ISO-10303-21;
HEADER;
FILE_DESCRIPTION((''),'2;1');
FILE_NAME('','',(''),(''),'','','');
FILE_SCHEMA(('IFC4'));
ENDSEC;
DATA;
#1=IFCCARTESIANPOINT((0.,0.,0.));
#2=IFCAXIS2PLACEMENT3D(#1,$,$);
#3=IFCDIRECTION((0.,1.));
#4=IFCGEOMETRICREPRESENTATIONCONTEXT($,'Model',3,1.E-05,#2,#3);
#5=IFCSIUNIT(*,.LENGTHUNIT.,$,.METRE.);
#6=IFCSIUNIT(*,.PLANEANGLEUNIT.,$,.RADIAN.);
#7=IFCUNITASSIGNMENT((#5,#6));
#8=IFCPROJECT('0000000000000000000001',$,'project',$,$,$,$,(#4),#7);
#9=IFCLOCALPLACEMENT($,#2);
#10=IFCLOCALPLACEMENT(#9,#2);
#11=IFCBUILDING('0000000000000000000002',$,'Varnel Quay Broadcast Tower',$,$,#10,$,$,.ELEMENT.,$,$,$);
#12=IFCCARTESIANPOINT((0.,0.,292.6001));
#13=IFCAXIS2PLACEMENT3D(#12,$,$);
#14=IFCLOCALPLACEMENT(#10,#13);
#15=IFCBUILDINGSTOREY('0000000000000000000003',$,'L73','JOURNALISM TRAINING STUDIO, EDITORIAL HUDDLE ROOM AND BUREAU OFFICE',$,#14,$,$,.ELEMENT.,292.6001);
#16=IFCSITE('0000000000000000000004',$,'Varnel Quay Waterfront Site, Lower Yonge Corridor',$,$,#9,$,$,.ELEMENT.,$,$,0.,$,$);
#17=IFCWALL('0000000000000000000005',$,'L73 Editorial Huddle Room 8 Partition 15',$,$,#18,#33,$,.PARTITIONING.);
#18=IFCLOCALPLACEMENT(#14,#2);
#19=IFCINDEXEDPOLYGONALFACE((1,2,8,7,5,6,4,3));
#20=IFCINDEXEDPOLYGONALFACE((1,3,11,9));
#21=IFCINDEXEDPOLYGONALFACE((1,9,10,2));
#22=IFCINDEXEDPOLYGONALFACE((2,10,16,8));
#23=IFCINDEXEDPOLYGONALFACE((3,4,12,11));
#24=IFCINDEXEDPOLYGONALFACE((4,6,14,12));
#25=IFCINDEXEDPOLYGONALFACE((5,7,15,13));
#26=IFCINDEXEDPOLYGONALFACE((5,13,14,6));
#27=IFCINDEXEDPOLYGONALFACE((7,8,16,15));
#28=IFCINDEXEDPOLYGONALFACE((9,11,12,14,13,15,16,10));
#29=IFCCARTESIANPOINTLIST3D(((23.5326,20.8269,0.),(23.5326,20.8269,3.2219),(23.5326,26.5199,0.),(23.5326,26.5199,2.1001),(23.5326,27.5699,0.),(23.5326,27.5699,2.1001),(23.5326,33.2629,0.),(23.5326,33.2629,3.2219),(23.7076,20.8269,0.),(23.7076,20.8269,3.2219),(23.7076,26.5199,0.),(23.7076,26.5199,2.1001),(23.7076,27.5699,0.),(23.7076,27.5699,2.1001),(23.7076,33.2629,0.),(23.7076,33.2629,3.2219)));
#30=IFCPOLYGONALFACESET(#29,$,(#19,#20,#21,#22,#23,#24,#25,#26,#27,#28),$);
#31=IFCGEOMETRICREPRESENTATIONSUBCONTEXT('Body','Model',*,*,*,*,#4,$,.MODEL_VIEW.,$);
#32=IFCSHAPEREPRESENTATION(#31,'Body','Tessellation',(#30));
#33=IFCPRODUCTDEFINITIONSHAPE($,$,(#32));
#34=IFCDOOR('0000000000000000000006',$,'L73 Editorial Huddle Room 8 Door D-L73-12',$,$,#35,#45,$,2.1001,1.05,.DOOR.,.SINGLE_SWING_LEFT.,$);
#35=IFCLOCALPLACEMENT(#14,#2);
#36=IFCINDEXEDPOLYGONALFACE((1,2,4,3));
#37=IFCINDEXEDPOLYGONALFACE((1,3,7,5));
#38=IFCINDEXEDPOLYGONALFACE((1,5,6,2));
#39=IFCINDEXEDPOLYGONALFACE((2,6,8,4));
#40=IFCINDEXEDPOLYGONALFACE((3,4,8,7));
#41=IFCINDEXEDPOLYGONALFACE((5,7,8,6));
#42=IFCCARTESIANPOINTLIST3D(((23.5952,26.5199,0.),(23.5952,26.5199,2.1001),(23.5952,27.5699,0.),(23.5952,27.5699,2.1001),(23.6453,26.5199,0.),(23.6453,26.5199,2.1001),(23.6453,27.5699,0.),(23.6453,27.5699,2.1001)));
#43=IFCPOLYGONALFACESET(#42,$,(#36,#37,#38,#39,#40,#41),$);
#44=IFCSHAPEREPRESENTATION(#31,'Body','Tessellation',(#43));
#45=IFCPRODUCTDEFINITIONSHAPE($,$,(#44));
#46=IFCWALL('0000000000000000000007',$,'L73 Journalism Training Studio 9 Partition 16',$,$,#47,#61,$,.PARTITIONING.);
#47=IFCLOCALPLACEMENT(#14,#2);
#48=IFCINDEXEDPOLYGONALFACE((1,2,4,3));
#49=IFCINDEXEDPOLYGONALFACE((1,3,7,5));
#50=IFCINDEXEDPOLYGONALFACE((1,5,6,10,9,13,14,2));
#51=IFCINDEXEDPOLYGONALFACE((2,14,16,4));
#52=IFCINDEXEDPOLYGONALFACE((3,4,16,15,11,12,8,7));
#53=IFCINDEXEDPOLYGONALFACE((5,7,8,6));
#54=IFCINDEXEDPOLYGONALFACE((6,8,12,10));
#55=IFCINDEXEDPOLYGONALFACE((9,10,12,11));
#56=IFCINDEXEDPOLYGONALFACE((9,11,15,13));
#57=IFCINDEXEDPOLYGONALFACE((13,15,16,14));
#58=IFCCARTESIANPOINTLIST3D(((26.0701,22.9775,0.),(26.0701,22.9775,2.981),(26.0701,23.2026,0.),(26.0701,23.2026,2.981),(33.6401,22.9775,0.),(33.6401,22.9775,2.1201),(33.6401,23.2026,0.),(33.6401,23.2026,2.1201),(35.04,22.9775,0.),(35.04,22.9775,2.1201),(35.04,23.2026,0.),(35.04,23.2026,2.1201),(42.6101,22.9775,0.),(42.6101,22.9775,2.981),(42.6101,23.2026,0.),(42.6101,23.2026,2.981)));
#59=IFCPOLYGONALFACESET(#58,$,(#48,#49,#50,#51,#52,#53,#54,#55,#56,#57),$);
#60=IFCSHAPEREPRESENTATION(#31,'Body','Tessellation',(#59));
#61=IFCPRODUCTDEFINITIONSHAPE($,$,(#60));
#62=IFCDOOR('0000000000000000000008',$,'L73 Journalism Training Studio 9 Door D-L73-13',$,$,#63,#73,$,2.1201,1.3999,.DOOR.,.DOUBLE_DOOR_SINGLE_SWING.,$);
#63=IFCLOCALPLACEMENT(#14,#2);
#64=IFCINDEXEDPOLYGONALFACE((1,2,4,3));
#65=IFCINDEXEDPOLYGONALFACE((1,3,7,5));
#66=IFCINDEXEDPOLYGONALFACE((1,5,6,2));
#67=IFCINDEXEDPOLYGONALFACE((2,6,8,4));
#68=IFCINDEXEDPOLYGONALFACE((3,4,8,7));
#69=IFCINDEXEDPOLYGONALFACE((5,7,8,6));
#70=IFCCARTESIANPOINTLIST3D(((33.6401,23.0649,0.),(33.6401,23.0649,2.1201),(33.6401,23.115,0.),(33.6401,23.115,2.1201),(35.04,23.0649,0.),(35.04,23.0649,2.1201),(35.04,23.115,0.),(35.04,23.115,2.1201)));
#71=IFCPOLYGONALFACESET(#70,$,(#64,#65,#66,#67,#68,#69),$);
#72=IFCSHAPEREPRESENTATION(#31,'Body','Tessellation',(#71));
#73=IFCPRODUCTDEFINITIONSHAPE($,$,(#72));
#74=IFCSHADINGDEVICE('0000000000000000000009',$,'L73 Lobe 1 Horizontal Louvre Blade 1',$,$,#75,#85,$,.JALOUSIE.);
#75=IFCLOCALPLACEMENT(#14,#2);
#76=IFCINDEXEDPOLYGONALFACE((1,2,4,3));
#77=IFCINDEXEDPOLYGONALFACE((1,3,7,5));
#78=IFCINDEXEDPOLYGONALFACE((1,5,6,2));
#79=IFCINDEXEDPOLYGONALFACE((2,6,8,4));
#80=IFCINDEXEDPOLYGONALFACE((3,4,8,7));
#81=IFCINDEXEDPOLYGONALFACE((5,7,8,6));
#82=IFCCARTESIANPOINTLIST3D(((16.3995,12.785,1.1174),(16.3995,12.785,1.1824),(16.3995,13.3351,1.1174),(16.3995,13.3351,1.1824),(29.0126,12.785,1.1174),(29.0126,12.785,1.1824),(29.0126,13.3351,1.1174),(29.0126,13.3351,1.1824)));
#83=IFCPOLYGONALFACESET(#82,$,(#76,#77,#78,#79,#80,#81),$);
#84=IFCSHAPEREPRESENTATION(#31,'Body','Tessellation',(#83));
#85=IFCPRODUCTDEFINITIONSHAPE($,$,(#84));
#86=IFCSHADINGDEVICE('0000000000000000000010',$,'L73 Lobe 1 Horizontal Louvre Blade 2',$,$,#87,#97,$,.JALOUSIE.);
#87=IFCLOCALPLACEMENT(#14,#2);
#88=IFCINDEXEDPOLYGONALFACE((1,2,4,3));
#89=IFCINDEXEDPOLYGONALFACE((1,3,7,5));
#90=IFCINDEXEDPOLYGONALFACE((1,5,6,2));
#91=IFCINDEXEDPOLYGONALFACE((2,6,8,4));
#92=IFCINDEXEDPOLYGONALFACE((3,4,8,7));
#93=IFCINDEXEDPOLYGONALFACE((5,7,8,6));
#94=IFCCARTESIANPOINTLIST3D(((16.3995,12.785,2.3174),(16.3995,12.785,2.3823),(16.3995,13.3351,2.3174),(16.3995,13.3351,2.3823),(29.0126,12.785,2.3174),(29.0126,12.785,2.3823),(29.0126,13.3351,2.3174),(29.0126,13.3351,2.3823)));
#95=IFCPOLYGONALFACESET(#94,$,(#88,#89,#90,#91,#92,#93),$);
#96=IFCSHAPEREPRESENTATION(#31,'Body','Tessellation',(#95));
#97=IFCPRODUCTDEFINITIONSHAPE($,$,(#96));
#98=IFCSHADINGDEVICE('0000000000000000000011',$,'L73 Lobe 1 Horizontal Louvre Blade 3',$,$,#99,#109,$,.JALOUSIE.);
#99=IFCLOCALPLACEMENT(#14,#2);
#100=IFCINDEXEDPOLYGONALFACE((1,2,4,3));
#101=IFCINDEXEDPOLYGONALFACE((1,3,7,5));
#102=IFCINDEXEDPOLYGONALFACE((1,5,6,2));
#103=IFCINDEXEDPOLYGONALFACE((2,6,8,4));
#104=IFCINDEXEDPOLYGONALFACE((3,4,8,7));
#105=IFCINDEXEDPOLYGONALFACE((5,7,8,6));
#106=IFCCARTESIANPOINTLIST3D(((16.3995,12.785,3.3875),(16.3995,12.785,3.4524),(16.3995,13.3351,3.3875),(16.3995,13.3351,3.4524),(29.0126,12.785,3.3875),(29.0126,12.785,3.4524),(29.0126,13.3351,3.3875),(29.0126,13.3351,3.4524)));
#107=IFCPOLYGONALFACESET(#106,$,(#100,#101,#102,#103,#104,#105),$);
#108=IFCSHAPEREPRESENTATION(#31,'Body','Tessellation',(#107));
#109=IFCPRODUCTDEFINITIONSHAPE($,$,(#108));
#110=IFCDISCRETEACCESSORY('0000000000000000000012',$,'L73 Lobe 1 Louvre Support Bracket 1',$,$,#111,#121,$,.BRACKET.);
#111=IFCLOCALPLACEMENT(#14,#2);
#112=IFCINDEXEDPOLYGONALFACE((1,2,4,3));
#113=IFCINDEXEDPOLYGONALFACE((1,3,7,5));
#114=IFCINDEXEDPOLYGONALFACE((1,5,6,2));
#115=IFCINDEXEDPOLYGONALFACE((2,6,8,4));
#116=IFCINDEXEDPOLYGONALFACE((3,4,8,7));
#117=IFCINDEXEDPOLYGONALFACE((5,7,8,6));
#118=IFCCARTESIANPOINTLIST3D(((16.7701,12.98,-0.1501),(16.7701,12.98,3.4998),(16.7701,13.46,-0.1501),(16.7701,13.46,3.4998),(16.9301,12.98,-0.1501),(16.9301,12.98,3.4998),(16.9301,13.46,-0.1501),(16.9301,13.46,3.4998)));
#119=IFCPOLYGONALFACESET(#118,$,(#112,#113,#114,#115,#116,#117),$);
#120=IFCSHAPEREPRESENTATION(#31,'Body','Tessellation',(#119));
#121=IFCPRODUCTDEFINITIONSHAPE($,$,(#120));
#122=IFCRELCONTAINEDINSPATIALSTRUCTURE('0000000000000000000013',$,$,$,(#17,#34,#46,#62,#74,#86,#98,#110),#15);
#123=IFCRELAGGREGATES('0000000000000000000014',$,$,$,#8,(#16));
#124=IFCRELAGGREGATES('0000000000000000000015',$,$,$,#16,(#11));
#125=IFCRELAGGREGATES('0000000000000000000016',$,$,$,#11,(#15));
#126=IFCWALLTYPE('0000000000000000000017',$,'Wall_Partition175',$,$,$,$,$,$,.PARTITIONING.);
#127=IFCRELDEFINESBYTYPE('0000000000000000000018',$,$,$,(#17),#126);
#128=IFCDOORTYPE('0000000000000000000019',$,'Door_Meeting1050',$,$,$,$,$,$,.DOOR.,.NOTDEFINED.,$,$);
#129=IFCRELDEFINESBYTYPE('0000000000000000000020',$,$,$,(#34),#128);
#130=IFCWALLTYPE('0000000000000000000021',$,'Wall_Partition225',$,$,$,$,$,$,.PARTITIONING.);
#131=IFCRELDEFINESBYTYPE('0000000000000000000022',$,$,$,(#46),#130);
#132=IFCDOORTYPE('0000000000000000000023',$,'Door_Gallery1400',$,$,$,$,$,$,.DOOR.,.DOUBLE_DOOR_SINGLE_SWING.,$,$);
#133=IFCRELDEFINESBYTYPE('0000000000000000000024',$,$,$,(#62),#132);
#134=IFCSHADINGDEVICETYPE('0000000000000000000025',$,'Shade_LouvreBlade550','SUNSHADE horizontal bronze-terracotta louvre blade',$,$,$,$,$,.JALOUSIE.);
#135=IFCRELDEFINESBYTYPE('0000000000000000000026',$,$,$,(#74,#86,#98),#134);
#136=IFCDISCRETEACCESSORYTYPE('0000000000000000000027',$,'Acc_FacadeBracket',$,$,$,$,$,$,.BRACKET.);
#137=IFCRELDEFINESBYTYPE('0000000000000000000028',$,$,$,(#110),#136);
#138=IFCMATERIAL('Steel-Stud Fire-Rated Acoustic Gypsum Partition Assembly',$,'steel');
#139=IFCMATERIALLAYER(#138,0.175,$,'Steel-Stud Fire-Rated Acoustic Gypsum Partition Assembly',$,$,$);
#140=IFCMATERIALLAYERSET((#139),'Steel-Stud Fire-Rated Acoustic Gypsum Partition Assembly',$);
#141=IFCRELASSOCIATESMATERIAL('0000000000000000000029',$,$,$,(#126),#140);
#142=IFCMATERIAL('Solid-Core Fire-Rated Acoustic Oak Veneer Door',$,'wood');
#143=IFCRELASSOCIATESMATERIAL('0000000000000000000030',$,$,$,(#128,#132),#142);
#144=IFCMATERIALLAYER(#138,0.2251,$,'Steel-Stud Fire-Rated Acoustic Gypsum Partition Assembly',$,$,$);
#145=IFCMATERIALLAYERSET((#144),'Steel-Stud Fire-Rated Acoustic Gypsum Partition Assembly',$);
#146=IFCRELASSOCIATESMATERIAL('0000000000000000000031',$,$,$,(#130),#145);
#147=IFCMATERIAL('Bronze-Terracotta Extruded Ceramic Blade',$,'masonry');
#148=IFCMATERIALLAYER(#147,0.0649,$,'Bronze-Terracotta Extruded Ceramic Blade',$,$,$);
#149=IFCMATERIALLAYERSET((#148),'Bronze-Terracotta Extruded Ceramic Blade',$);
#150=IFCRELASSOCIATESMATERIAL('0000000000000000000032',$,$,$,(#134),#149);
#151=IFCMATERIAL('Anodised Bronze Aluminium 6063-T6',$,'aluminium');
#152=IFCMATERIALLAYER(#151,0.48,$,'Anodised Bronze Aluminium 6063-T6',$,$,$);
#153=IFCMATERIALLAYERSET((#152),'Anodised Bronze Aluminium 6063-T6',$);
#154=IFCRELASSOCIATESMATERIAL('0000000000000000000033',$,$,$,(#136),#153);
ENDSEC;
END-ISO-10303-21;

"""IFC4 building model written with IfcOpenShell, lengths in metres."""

from ifc_helpers import new_model, si_unit, direction, frame, frame_2d, origin, origin_2d, place, context, subcontext, project, spatial, rectangle, extrude, source, transform, mapped, material, layer, layer_set, type_object, type_shapes, element, fill, save


model = new_model("IFC4")

# Units and contexts
model_context = context("Model", 3, precision=1e-05, world=origin(), true_north=direction((0.0, 1.0)))
body_context = subcontext(model_context, "Body", "Model", "MODEL_VIEW")
ifc_project = project(units=[si_unit("LENGTHUNIT", "METRE"), si_unit("PLANEANGLEUNIT", "RADIAN")], contexts=[model_context])

# Site, building, storey
site_placement = place(None, origin())
site = spatial("IfcSite", under=ifc_project, at=site_placement, Name="Varnel Quay Waterfront Site, Lower Yonge Corridor", CompositionType="ELEMENT", RefElevation=0.0)
building_placement = place(site_placement, origin())
building = spatial("IfcBuilding", under=site, at=building_placement, Name="Varnel Quay Broadcast Tower", CompositionType="ELEMENT")
storey_placement = place(building_placement, frame((0.0, 0.0, 292.6001)))
storey = spatial("IfcBuildingStorey", under=building, at=storey_placement, Name="L73", Description="JOURNALISM TRAINING STUDIO, EDITORIAL HUDDLE ROOM AND BUREAU OFFICE", CompositionType="ELEMENT", Elevation=292.6001)

# Shared definitions
ifc_material_1 = material(Name="Anodised Bronze Aluminium 6063-T6", Category="aluminium")

# Shared definitions
ifc_material_2 = material(Name="Steel-Stud Fire-Rated Acoustic Gypsum Partition Assembly", Category="steel")
ifc_layer_1 = layer(ifc_material_2, 0.175, Name="Steel-Stud Fire-Rated Acoustic Gypsum Partition Assembly")
ifc_layer_set_1 = layer_set([ifc_layer_1], Name="Steel-Stud Fire-Rated Acoustic Gypsum Partition Assembly")
wall_type_1 = type_object("IfcWallType", Name="Wall_Partition175", PredefinedType="PARTITIONING", material=ifc_layer_set_1)

# Walls, openings, doors
wall_1_placement = place(storey_placement, frame((23.6201, 20.8269, 0.0), z_axis=(0.0, 0.0, 1.0), x_axis=(0.0, 1.0, 0.0)))
wall_1 = element("IfcWall", 1, at=wall_1_placement, inside=storey, type_object=wall_type_1, Name="L73 Editorial Huddle Room 8 Partition 15", PredefinedType="PARTITIONING", context=body_context, shape_type="SweptSolid", body=[
    extrude(rectangle(XDim=12.436, YDim=0.175, at=frame_2d((6.218, 0.0))), origin(), (0.0, 0.0, 1.0), 3.2219),
])
opening_1_placement = place(wall_1_placement, frame((5.6931, 0.0, 0.0)))
opening_1 = element("IfcOpeningElement", 2, at=opening_1_placement, cuts=wall_1, PredefinedType="OPENING", context=body_context, shape_type="SweptSolid", body=[
    extrude(rectangle(XDim=1.05, YDim=2.1001, at=frame_2d((0.5249, 1.05))), frame((0.0, 0.0977, 0.0), z_axis=(0.0, -1.0, 0.0), x_axis=(1.0, 0.0, 0.0)), (0.0, 0.0, 1.0), 0.1951),
])
ifc_material_3 = material(Name="Solid-Core Fire-Rated Acoustic Oak Veneer Door", Category="wood")
door_type_1 = type_object("IfcDoorType", Name="Door_Meeting1050", OperationType="NOTDEFINED", PredefinedType="DOOR", material=ifc_material_3)
shared_shape_1 = source(origin(), body_context, "Body", "SweptSolid", [
    extrude(rectangle(XDim=1.05, YDim=2.1001, at=frame_2d((0.5249, 1.05))), frame((0.0, 0.0249, 0.0), z_axis=(0.0, -1.0, 0.0), x_axis=(1.0, 0.0, 0.0)), (0.0, 0.0, 1.0), 0.05),
])
type_shapes(door_type_1, [shared_shape_1])
door_1_placement = place(opening_1_placement, origin())
door_1 = element("IfcDoor", 3, at=door_1_placement, inside=storey, type_object=door_type_1, Name="L73 Editorial Huddle Room 8 Door D-L73-12", OperationType="SINGLE_SWING_LEFT", OverallHeight=2.1001, OverallWidth=1.05, PredefinedType="DOOR", context=body_context, shape_type="MappedRepresentation", body=[
    mapped(shared_shape_1, transform((0.0, 0.0, 0.0), x_axis=(1.0, 0.0, 0.0), y_axis=(0.0, 1.0, 0.0), z_axis=(0.0, 0.0, 1.0), scale=1.0)),
])
fill(opening_1, door_1)
ifc_layer_2 = layer(ifc_material_2, 0.2251, Name="Steel-Stud Fire-Rated Acoustic Gypsum Partition Assembly")
ifc_layer_set_2 = layer_set([ifc_layer_2], Name="Steel-Stud Fire-Rated Acoustic Gypsum Partition Assembly")
wall_type_2 = type_object("IfcWallType", Name="Wall_Partition225", PredefinedType="PARTITIONING", material=ifc_layer_set_2)
wall_2_placement = place(storey_placement, frame((26.0701, 23.0901, 0.0), z_axis=(0.0, 0.0, 1.0), x_axis=(1.0, 0.0, 0.0)))
wall_2 = element("IfcWall", 4, at=wall_2_placement, inside=storey, type_object=wall_type_2, Name="L73 Journalism Training Studio 9 Partition 16", PredefinedType="PARTITIONING", context=body_context, shape_type="SweptSolid", body=[
    extrude(rectangle(XDim=16.54, YDim=0.2251, at=frame_2d((8.27, 0.0))), origin(), (0.0, 0.0, 1.0), 2.981),
])
opening_2_placement = place(wall_2_placement, frame((7.5701, 0.0, 0.0)))
opening_2 = element("IfcOpeningElement", 5, at=opening_2_placement, cuts=wall_2, PredefinedType="OPENING", context=body_context, shape_type="SweptSolid", body=[
    extrude(rectangle(XDim=1.3999, YDim=2.1201, at=frame_2d((0.7, 1.0601))), frame((0.0, 0.1226, 0.0), z_axis=(0.0, -1.0, 0.0), x_axis=(1.0, 0.0, 0.0)), (0.0, 0.0, 1.0), 0.2451),
])
door_type_2 = type_object("IfcDoorType", Name="Door_Gallery1400", OperationType="DOUBLE_DOOR_SINGLE_SWING", PredefinedType="DOOR", material=ifc_material_3)
shared_shape_2 = source(origin(), body_context, "Body", "SweptSolid", [
    extrude(rectangle(XDim=1.3999, YDim=2.1201, at=frame_2d((0.7, 1.0601))), frame((0.0, 0.0249, 0.0), z_axis=(0.0, -1.0, 0.0), x_axis=(1.0, 0.0, 0.0)), (0.0, 0.0, 1.0), 0.05),
])
type_shapes(door_type_2, [shared_shape_2])
door_2_placement = place(opening_2_placement, origin())
door_2 = element("IfcDoor", 6, at=door_2_placement, inside=storey, type_object=door_type_2, Name="L73 Journalism Training Studio 9 Door D-L73-13", OperationType="DOUBLE_DOOR_SINGLE_SWING", OverallHeight=2.1201, OverallWidth=1.3999, PredefinedType="DOOR", context=body_context, shape_type="MappedRepresentation", body=[
    mapped(shared_shape_2, transform((0.0, 0.0, 0.0), x_axis=(1.0, 0.0, 0.0), y_axis=(0.0, 1.0, 0.0), z_axis=(0.0, 0.0, 1.0), scale=1.0)),
])
fill(opening_2, door_2)

# Shading devices
ifc_material_4 = material(Name="Bronze-Terracotta Extruded Ceramic Blade", Category="masonry")
ifc_layer_3 = layer(ifc_material_4, 0.0649, Name="Bronze-Terracotta Extruded Ceramic Blade")
ifc_layer_set_3 = layer_set([ifc_layer_3], Name="Bronze-Terracotta Extruded Ceramic Blade")
shading_device_type = type_object("IfcShadingDeviceType", Name="Shade_LouvreBlade550", Description="SUNSHADE horizontal bronze-terracotta louvre blade", PredefinedType="JALOUSIE", material=ifc_layer_set_3)
shared_shape_3 = source(origin(), body_context, "Body", "SweptSolid", [
    extrude(rectangle(XDim=12.613, YDim=0.55, at=origin_2d()), origin(), (0.0, 0.0, 1.0), 0.0649),
])
type_shapes(shading_device_type, [shared_shape_3])
for number, where, z_axis, x_axis, name in (
    (7, (22.7061, 13.0601, 1.1174), (0.0, 0.0, 1.0), (1.0, 0.0, 0.0), "L73 Lobe 1 Horizontal Louvre Blade 1"),
    (8, (22.7061, 13.0601, 2.3174), (0.0, 0.0, 1.0), (1.0, 0.0, 0.0), "L73 Lobe 1 Horizontal Louvre Blade 2"),
    (9, (22.7061, 13.0601, 3.3875), (0.0, 0.0, 1.0), (1.0, 0.0, 0.0), "L73 Lobe 1 Horizontal Louvre Blade 3"),
):
    element("IfcShadingDevice", number, at=place(storey_placement, frame(where, z_axis=z_axis, x_axis=x_axis)), inside=storey, type_object=shading_device_type, Name=name, PredefinedType="JALOUSIE", context=body_context, shape_type="MappedRepresentation", body=[
        mapped(shared_shape_3, transform((0.0, 0.0, 0.0), x_axis=(1.0, 0.0, 0.0), y_axis=(0.0, 1.0, 0.0), z_axis=(0.0, 0.0, 1.0), scale=1.0)),
    ])

# Discrete accessory
ifc_layer_4 = layer(ifc_material_1, 0.48, Name="Anodised Bronze Aluminium 6063-T6")
ifc_layer_set_4 = layer_set([ifc_layer_4], Name="Anodised Bronze Aluminium 6063-T6")
discrete_accessory_type = type_object("IfcDiscreteAccessoryType", Name="Acc_FacadeBracket", PredefinedType="BRACKET", material=ifc_layer_set_4)
shared_shape_4 = source(origin(), body_context, "Body", "SweptSolid", [
    extrude(rectangle(XDim=0.1599, YDim=0.48, at=origin_2d()), origin(), (0.0, 0.0, 1.0), 3.6499),
])
type_shapes(discrete_accessory_type, [shared_shape_4])
discrete_accessory_placement = place(storey_placement, frame((16.8501, 13.22, -0.1501), z_axis=(0.0, 0.0, 1.0), x_axis=(1.0, 0.0, 0.0)))
element("IfcDiscreteAccessory", 10, at=discrete_accessory_placement, inside=storey, type_object=discrete_accessory_type, Name="L73 Lobe 1 Louvre Support Bracket 1", PredefinedType="BRACKET", context=body_context, shape_type="MappedRepresentation", body=[
    mapped(shared_shape_4, transform((0.0, 0.0, 0.0), x_axis=(1.0, 0.0, 0.0), y_axis=(0.0, 1.0, 0.0), z_axis=(0.0, 0.0, 1.0), scale=1.0)),
])

save(model, "model.ifc")
